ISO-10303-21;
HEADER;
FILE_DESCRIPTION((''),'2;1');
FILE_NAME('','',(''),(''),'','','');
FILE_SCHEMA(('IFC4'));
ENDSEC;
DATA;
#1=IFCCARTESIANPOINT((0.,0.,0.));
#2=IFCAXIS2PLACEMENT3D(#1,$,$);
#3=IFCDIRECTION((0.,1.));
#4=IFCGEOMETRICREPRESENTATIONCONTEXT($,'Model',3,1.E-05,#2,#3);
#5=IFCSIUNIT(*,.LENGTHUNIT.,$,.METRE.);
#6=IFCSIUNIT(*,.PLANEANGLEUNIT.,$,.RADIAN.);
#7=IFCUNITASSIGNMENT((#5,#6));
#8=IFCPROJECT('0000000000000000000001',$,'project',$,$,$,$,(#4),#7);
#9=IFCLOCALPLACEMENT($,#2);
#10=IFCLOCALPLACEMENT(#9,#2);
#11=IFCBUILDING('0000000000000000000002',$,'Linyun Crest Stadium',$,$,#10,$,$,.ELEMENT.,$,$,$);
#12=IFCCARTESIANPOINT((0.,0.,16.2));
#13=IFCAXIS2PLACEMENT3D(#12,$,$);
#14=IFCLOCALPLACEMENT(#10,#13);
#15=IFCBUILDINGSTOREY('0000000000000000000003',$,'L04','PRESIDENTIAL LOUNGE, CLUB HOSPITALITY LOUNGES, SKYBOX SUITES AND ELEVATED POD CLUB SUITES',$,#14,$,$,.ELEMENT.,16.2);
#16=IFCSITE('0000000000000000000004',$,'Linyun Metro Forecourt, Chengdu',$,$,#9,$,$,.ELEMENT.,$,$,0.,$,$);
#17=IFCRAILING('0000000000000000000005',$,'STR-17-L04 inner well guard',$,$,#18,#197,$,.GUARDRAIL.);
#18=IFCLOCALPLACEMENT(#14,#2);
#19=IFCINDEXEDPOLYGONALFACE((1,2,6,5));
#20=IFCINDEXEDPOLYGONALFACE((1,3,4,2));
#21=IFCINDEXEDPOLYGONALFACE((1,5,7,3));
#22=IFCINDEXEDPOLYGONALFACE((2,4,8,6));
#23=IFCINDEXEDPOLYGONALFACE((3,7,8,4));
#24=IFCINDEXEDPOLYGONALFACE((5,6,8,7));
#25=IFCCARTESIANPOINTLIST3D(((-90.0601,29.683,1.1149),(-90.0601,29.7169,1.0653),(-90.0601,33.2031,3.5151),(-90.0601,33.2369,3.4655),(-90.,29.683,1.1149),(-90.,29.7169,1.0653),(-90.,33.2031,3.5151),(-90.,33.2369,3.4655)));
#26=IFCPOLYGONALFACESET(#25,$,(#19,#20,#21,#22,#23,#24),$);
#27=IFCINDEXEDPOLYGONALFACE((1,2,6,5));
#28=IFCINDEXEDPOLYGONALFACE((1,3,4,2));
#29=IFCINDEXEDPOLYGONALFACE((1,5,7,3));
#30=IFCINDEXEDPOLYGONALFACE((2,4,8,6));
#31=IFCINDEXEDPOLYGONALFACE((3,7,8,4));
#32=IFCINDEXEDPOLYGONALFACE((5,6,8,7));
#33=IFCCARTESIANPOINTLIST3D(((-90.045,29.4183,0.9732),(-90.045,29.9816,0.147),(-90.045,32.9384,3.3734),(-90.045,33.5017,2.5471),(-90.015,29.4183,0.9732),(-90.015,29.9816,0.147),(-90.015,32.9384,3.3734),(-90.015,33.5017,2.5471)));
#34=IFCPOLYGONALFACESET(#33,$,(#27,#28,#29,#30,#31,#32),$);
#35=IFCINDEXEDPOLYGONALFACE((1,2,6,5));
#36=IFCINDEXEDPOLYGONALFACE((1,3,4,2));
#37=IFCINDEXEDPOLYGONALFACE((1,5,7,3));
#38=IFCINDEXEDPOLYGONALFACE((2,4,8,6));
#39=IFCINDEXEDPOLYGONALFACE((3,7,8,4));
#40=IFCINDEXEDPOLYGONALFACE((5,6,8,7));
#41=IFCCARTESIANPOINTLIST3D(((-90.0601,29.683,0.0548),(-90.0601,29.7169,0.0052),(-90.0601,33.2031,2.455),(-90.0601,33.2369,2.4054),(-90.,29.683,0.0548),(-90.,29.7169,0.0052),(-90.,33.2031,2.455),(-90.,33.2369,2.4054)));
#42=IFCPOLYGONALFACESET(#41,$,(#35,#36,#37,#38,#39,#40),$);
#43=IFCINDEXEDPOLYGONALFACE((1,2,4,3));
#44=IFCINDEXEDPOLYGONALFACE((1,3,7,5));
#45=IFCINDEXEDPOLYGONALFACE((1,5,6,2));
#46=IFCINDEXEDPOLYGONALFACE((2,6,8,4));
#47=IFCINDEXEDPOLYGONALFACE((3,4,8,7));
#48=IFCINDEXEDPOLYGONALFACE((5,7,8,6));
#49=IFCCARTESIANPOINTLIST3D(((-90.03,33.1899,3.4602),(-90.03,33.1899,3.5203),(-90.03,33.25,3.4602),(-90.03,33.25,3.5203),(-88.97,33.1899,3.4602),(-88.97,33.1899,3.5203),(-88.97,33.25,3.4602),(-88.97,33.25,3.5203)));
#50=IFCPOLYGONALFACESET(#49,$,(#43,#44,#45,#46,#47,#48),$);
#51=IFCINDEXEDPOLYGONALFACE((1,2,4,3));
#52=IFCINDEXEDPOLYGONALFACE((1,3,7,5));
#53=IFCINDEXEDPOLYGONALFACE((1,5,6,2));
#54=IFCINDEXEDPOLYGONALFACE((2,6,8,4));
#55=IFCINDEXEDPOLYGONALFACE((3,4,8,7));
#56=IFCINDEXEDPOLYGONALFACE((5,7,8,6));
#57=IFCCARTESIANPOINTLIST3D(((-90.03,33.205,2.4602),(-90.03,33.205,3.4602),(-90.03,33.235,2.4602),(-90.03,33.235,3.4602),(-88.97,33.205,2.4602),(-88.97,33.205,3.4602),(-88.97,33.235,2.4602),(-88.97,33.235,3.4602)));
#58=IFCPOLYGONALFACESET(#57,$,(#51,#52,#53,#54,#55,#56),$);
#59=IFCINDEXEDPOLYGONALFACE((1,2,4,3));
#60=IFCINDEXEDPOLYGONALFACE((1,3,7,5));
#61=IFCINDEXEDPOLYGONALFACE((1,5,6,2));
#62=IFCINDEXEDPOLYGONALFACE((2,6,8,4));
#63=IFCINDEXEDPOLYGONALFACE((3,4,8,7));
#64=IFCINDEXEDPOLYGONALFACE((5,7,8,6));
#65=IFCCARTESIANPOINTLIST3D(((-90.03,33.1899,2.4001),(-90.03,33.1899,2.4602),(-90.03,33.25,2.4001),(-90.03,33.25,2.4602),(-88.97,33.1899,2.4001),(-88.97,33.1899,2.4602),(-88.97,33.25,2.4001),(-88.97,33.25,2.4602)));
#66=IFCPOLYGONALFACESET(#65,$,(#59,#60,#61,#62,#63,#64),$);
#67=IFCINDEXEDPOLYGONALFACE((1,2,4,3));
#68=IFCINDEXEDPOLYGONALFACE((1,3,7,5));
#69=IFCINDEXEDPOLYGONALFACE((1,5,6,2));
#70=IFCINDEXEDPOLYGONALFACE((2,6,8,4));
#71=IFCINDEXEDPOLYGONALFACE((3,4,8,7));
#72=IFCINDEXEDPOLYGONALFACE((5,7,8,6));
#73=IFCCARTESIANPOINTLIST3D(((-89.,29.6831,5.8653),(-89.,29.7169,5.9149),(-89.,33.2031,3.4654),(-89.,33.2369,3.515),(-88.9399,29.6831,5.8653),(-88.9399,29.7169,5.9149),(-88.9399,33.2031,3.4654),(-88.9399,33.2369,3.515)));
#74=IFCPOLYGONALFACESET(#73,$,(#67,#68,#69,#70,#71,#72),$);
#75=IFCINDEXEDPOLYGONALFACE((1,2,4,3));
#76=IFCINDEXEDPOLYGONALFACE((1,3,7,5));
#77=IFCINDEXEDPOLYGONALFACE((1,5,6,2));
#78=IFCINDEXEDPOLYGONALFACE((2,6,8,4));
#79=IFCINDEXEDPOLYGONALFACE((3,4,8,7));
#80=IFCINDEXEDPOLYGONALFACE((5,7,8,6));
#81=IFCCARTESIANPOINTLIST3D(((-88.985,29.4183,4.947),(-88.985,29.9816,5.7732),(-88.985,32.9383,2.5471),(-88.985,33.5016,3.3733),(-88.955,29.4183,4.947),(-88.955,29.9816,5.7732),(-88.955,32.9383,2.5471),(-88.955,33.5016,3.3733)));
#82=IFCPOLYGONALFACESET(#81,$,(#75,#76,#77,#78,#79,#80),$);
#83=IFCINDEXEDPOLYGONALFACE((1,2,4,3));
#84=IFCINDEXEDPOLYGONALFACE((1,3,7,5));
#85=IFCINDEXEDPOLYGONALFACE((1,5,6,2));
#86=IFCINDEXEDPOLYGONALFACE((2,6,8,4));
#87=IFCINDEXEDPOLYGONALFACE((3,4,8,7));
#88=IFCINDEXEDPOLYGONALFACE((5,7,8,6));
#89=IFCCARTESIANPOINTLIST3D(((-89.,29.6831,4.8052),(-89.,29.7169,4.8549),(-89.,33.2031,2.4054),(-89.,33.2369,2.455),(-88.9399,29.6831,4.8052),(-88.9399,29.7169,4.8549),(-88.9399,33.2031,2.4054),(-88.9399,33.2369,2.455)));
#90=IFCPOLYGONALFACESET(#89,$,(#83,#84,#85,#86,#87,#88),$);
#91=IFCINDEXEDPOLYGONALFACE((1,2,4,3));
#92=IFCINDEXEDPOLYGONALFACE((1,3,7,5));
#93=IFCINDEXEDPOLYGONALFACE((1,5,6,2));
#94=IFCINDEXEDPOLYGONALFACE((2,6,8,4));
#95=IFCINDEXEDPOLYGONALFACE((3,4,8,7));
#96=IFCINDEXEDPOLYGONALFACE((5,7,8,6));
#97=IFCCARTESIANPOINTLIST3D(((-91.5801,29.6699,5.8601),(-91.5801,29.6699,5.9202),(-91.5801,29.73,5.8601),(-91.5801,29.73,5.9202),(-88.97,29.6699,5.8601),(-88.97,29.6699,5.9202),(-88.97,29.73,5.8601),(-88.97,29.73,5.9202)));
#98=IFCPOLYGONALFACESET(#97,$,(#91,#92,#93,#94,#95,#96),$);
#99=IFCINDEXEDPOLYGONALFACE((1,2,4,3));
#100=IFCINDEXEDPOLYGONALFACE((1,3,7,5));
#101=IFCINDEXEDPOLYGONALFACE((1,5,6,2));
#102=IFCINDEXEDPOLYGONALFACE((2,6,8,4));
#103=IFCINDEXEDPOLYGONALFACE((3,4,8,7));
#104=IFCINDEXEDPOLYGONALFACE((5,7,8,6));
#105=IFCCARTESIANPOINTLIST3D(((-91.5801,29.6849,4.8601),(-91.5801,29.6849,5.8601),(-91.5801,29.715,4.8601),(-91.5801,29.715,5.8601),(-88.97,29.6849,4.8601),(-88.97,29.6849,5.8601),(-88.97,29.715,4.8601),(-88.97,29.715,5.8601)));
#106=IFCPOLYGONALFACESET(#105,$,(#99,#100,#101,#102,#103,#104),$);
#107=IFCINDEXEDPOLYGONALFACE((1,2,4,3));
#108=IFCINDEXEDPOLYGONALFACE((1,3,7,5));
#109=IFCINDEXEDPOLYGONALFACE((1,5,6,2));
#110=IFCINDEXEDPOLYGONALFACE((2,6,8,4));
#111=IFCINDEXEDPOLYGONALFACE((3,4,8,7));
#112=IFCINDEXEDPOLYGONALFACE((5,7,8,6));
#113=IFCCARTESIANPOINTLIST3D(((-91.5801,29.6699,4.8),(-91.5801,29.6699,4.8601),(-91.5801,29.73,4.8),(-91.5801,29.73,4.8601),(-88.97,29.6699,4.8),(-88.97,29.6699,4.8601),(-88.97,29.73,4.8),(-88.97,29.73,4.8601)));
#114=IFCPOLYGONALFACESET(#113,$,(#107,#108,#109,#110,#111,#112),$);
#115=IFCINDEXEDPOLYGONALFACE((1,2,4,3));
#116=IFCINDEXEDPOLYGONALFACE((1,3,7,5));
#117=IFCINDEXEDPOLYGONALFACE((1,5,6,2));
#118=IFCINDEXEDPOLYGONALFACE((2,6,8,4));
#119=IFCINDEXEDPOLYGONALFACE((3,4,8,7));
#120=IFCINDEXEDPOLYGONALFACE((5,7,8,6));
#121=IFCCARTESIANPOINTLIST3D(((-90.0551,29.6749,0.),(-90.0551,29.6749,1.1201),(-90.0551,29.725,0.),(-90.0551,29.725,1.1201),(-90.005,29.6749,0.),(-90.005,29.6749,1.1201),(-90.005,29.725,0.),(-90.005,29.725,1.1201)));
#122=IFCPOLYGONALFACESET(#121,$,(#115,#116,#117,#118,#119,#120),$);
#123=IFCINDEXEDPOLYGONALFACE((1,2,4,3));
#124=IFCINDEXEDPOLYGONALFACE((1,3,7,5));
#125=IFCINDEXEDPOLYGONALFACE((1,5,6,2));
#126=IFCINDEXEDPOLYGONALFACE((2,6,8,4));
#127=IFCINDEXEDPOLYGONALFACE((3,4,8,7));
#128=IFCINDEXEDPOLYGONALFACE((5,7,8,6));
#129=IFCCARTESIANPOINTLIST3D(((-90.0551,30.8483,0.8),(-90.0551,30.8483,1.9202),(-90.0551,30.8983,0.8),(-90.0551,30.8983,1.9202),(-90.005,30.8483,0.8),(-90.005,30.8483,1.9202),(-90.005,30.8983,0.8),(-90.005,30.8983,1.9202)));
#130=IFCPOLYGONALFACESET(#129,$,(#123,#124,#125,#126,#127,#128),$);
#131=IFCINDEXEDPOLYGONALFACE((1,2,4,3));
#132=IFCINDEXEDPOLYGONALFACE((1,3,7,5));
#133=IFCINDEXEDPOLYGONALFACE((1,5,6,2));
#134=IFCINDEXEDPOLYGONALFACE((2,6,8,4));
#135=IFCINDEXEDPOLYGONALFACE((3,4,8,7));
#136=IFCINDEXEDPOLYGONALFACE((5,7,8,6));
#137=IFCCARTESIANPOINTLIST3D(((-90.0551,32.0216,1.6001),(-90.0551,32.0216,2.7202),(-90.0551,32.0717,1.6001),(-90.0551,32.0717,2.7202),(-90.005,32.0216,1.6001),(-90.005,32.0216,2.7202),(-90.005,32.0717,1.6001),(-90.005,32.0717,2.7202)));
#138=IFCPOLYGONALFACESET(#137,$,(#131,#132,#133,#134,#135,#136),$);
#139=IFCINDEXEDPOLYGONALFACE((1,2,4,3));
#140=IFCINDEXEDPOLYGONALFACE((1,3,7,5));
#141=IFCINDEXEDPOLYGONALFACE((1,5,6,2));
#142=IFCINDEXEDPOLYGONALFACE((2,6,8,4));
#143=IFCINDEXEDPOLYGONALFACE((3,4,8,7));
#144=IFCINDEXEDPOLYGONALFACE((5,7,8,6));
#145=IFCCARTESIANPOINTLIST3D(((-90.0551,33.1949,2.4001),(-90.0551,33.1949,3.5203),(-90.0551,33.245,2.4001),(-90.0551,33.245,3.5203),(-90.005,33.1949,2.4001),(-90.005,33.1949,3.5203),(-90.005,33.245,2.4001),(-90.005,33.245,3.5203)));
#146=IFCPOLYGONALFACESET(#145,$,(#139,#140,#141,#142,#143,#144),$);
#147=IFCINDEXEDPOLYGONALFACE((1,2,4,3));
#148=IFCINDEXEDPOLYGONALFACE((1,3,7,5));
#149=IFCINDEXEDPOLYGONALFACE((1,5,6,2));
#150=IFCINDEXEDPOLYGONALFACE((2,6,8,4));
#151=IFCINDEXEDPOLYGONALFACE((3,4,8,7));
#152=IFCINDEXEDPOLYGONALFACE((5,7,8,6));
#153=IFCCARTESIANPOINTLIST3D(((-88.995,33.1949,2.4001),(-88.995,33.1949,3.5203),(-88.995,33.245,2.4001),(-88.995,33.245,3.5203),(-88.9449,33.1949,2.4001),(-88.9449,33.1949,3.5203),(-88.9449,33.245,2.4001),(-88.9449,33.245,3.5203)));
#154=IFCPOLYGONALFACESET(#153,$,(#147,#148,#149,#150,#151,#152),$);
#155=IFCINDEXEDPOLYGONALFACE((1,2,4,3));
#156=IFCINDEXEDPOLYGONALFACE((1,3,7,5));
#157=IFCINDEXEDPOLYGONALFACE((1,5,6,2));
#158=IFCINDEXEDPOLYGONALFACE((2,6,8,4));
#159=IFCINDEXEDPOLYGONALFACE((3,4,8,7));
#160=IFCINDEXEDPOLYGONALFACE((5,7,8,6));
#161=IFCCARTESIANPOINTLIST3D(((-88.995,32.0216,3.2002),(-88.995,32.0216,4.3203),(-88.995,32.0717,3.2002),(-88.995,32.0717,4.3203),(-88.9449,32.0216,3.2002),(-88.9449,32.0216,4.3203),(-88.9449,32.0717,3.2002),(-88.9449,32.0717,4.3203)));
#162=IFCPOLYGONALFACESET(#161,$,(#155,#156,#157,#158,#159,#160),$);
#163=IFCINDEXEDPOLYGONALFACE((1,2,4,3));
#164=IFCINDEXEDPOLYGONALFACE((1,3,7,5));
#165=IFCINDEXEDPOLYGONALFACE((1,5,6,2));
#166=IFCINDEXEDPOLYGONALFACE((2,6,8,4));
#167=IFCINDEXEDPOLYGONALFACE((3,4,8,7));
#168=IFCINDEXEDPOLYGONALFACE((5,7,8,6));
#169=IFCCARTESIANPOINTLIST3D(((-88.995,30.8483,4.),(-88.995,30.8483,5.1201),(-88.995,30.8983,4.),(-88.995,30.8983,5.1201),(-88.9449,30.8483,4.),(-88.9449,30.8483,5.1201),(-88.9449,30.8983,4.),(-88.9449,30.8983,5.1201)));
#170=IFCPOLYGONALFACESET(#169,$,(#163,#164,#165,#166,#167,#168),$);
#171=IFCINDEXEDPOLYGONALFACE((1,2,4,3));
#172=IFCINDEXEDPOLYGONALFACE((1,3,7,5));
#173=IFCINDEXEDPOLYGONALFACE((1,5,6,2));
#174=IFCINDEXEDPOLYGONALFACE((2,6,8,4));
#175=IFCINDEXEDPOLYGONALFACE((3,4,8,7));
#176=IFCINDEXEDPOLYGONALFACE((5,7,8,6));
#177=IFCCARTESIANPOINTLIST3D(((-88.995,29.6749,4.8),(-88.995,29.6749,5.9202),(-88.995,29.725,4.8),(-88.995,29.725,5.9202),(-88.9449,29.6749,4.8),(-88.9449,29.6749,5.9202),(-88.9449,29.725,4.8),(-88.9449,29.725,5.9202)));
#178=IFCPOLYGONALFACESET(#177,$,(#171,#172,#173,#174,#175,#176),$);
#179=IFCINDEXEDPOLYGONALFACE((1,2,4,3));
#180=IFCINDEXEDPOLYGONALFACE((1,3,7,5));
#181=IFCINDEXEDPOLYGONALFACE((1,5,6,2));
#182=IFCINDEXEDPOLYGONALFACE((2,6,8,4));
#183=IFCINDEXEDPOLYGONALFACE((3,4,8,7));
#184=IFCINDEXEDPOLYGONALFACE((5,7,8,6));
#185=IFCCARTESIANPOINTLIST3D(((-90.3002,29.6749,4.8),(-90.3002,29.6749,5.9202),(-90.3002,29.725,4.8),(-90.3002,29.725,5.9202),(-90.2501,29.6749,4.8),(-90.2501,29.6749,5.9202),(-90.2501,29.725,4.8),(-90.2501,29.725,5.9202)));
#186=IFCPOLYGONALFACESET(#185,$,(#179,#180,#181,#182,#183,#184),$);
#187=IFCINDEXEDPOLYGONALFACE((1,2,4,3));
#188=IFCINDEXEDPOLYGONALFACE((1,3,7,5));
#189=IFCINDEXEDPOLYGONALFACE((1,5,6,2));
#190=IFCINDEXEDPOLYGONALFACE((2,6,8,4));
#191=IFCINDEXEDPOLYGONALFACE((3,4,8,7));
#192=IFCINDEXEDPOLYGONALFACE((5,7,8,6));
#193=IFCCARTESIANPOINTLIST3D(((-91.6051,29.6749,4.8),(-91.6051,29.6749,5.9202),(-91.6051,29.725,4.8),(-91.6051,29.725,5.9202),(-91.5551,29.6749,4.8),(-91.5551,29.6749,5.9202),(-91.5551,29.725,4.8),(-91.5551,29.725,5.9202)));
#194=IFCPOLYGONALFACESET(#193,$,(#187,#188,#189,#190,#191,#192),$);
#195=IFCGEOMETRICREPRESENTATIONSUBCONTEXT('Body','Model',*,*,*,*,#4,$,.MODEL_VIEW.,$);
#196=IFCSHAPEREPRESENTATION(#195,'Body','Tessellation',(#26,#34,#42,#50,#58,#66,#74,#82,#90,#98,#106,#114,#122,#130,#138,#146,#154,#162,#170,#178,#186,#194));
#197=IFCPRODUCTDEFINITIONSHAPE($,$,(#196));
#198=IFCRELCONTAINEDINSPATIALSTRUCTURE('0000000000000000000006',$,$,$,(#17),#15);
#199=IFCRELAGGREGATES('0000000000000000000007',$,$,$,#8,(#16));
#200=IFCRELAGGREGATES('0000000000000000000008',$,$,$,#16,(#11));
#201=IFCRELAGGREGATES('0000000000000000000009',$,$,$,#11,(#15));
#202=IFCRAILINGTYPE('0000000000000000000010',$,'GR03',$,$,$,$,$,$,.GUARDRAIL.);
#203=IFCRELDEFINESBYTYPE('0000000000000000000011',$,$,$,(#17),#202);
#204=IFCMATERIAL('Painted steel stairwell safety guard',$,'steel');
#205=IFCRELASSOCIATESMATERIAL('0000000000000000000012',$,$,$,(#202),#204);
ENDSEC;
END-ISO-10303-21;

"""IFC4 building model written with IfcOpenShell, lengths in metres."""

from ifc_helpers import new_model, si_unit, direction, frame, origin, origin_2d, place, context, subcontext, project, spatial, rectangle, extrude, material, type_object, element, save


model = new_model("IFC4")

# Units and contexts
model_context = context("Model", 3, precision=1e-05, world=origin(), true_north=direction((0.0, 1.0)))
body_context = subcontext(model_context, "Body", "Model", "MODEL_VIEW")
ifc_project = project(units=[si_unit("LENGTHUNIT", "METRE"), si_unit("PLANEANGLEUNIT", "RADIAN")], contexts=[model_context])

# Site, building, storey
site_placement = place(None, origin())
site = spatial("IfcSite", under=ifc_project, at=site_placement, Name="Linyun Metro Forecourt, Chengdu", CompositionType="ELEMENT", RefElevation=0.0)
building_placement = place(site_placement, origin())
building = spatial("IfcBuilding", under=site, at=building_placement, Name="Linyun Crest Stadium", CompositionType="ELEMENT")
storey_placement = place(building_placement, frame((0.0, 0.0, 16.2)))
storey = spatial("IfcBuildingStorey", under=building, at=storey_placement, Name="L04", Description="PRESIDENTIAL LOUNGE, CLUB HOSPITALITY LOUNGES, SKYBOX SUITES AND ELEVATED POD CLUB SUITES", CompositionType="ELEMENT", Elevation=16.2)

# Railing
ifc_material_1 = material(Name="Painted steel stairwell safety guard", Category="steel")
railing_type_1 = type_object("IfcRailingType", Name="GR03", PredefinedType="GUARDRAIL", material=ifc_material_1)
railing_1_placement = place(storey_placement, frame((-90.03, 29.7, 0.0)))
element("IfcRailing", 1, at=railing_1_placement, inside=storey, type_object=railing_type_1, Name="STR-17-L04 inner well guard", PredefinedType="GUARDRAIL", context=body_context, shape_type="SweptSolid", body=[
    extrude(rectangle(XDim=0.0601, YDim=0.0601, at=origin_2d()), frame((0.0, 0.0, 1.0901), z_axis=(0.0, 0.826213, 0.563358), x_axis=(-1.0, 0.0, 0.0)), (0.0, 0.0, 1.0), 4.2605),
    extrude(rectangle(XDim=0.03, YDim=1.0, at=origin_2d()), frame((0.0, 0.0, 0.5601), z_axis=(0.0, 0.826213, 0.563358), x_axis=(-1.0, 0.0, 0.0)), (0.0, 0.0, 1.0), 4.2605),
    extrude(rectangle(XDim=0.0601, YDim=0.0601, at=origin_2d()), frame((0.0, 0.0, 0.03), z_axis=(0.0, 0.826213, 0.563358), x_axis=(-1.0, 0.0, 0.0)), (0.0, 0.0, 1.0), 4.2605),
    extrude(rectangle(XDim=0.0601, YDim=0.0601, at=origin_2d()), frame((0.0, 3.52, 3.4902), z_axis=(1.0, 0.0, 0.0), x_axis=(0.0, 1.0, 0.0)), (0.0, 0.0, 1.0), 1.0601),
    extrude(rectangle(XDim=0.03, YDim=1.0, at=origin_2d()), frame((0.0, 3.52, 2.9602), z_axis=(1.0, 0.0, 0.0), x_axis=(0.0, 1.0, 0.0)), (0.0, 0.0, 1.0), 1.0601),
    extrude(rectangle(XDim=0.0601, YDim=0.0601, at=origin_2d()), frame((0.0, 3.52, 2.4302), z_axis=(1.0, 0.0, 0.0), x_axis=(0.0, 1.0, 0.0)), (0.0, 0.0, 1.0), 1.0601),
    extrude(rectangle(XDim=0.0601, YDim=0.0601, at=origin_2d()), frame((1.0601, 3.52, 3.4902), z_axis=(0.0, -0.826239, 0.563319), x_axis=(1.0, 0.0, 0.0)), (0.0, 0.0, 1.0), 4.2603),
    extrude(rectangle(XDim=0.03, YDim=1.0, at=origin_2d()), frame((1.0601, 3.52, 2.9602), z_axis=(0.0, -0.826239, 0.563319), x_axis=(1.0, 0.0, 0.0)), (0.0, 0.0, 1.0), 4.2603),
    extrude(rectangle(XDim=0.0601, YDim=0.0601, at=origin_2d()), frame((1.0601, 3.52, 2.4302), z_axis=(0.0, -0.826239, 0.563319), x_axis=(1.0, 0.0, 0.0)), (0.0, 0.0, 1.0), 4.2603),
    extrude(rectangle(XDim=0.0601, YDim=0.0601, at=origin_2d()), frame((1.0601, 0.0, 5.8901), z_axis=(-1.0, 0.0, 0.0), x_axis=(0.0, -1.0, 0.0)), (0.0, 0.0, 1.0), 2.6101),
    extrude(rectangle(XDim=0.03, YDim=1.0, at=origin_2d()), frame((1.0601, 0.0, 5.3601), z_axis=(-1.0, 0.0, 0.0), x_axis=(0.0, -1.0, 0.0)), (0.0, 0.0, 1.0), 2.6101),
    extrude(rectangle(XDim=0.0601, YDim=0.0601, at=origin_2d()), frame((1.0601, 0.0, 4.8301), z_axis=(-1.0, 0.0, 0.0), x_axis=(0.0, -1.0, 0.0)), (0.0, 0.0, 1.0), 2.6101),
    extrude(rectangle(XDim=0.05, YDim=0.05, at=origin_2d()), origin(), (0.0, 0.0, 1.0), 1.1201),
    extrude(rectangle(XDim=0.05, YDim=0.05, at=origin_2d()), frame((0.0, 1.1733, 0.8)), (0.0, 0.0, 1.0), 1.1201),
    extrude(rectangle(XDim=0.05, YDim=0.05, at=origin_2d()), frame((0.0, 2.3467, 1.6001)), (0.0, 0.0, 1.0), 1.1201),
    extrude(rectangle(XDim=0.05, YDim=0.05, at=origin_2d()), frame((0.0, 3.52, 2.4001)), (0.0, 0.0, 1.0), 1.1201),
    extrude(rectangle(XDim=0.05, YDim=0.05, at=origin_2d()), frame((1.0601, 3.52, 2.4001)), (0.0, 0.0, 1.0), 1.1201),
    extrude(rectangle(XDim=0.05, YDim=0.05, at=origin_2d()), frame((1.0601, 2.3467, 3.2002)), (0.0, 0.0, 1.0), 1.1201),
    extrude(rectangle(XDim=0.05, YDim=0.05, at=origin_2d()), frame((1.0601, 1.1733, 4.0)), (0.0, 0.0, 1.0), 1.1201),
    extrude(rectangle(XDim=0.05, YDim=0.05, at=origin_2d()), frame((1.0601, 0.0, 4.8)), (0.0, 0.0, 1.0), 1.1201),
    extrude(rectangle(XDim=0.05, YDim=0.05, at=origin_2d()), frame((-0.2451, 0.0, 4.8)), (0.0, 0.0, 1.0), 1.1201),
    extrude(rectangle(XDim=0.05, YDim=0.05, at=origin_2d()), frame((-1.55, 0.0, 4.8)), (0.0, 0.0, 1.0), 1.1201),
])

save(model, "model.ifc")
